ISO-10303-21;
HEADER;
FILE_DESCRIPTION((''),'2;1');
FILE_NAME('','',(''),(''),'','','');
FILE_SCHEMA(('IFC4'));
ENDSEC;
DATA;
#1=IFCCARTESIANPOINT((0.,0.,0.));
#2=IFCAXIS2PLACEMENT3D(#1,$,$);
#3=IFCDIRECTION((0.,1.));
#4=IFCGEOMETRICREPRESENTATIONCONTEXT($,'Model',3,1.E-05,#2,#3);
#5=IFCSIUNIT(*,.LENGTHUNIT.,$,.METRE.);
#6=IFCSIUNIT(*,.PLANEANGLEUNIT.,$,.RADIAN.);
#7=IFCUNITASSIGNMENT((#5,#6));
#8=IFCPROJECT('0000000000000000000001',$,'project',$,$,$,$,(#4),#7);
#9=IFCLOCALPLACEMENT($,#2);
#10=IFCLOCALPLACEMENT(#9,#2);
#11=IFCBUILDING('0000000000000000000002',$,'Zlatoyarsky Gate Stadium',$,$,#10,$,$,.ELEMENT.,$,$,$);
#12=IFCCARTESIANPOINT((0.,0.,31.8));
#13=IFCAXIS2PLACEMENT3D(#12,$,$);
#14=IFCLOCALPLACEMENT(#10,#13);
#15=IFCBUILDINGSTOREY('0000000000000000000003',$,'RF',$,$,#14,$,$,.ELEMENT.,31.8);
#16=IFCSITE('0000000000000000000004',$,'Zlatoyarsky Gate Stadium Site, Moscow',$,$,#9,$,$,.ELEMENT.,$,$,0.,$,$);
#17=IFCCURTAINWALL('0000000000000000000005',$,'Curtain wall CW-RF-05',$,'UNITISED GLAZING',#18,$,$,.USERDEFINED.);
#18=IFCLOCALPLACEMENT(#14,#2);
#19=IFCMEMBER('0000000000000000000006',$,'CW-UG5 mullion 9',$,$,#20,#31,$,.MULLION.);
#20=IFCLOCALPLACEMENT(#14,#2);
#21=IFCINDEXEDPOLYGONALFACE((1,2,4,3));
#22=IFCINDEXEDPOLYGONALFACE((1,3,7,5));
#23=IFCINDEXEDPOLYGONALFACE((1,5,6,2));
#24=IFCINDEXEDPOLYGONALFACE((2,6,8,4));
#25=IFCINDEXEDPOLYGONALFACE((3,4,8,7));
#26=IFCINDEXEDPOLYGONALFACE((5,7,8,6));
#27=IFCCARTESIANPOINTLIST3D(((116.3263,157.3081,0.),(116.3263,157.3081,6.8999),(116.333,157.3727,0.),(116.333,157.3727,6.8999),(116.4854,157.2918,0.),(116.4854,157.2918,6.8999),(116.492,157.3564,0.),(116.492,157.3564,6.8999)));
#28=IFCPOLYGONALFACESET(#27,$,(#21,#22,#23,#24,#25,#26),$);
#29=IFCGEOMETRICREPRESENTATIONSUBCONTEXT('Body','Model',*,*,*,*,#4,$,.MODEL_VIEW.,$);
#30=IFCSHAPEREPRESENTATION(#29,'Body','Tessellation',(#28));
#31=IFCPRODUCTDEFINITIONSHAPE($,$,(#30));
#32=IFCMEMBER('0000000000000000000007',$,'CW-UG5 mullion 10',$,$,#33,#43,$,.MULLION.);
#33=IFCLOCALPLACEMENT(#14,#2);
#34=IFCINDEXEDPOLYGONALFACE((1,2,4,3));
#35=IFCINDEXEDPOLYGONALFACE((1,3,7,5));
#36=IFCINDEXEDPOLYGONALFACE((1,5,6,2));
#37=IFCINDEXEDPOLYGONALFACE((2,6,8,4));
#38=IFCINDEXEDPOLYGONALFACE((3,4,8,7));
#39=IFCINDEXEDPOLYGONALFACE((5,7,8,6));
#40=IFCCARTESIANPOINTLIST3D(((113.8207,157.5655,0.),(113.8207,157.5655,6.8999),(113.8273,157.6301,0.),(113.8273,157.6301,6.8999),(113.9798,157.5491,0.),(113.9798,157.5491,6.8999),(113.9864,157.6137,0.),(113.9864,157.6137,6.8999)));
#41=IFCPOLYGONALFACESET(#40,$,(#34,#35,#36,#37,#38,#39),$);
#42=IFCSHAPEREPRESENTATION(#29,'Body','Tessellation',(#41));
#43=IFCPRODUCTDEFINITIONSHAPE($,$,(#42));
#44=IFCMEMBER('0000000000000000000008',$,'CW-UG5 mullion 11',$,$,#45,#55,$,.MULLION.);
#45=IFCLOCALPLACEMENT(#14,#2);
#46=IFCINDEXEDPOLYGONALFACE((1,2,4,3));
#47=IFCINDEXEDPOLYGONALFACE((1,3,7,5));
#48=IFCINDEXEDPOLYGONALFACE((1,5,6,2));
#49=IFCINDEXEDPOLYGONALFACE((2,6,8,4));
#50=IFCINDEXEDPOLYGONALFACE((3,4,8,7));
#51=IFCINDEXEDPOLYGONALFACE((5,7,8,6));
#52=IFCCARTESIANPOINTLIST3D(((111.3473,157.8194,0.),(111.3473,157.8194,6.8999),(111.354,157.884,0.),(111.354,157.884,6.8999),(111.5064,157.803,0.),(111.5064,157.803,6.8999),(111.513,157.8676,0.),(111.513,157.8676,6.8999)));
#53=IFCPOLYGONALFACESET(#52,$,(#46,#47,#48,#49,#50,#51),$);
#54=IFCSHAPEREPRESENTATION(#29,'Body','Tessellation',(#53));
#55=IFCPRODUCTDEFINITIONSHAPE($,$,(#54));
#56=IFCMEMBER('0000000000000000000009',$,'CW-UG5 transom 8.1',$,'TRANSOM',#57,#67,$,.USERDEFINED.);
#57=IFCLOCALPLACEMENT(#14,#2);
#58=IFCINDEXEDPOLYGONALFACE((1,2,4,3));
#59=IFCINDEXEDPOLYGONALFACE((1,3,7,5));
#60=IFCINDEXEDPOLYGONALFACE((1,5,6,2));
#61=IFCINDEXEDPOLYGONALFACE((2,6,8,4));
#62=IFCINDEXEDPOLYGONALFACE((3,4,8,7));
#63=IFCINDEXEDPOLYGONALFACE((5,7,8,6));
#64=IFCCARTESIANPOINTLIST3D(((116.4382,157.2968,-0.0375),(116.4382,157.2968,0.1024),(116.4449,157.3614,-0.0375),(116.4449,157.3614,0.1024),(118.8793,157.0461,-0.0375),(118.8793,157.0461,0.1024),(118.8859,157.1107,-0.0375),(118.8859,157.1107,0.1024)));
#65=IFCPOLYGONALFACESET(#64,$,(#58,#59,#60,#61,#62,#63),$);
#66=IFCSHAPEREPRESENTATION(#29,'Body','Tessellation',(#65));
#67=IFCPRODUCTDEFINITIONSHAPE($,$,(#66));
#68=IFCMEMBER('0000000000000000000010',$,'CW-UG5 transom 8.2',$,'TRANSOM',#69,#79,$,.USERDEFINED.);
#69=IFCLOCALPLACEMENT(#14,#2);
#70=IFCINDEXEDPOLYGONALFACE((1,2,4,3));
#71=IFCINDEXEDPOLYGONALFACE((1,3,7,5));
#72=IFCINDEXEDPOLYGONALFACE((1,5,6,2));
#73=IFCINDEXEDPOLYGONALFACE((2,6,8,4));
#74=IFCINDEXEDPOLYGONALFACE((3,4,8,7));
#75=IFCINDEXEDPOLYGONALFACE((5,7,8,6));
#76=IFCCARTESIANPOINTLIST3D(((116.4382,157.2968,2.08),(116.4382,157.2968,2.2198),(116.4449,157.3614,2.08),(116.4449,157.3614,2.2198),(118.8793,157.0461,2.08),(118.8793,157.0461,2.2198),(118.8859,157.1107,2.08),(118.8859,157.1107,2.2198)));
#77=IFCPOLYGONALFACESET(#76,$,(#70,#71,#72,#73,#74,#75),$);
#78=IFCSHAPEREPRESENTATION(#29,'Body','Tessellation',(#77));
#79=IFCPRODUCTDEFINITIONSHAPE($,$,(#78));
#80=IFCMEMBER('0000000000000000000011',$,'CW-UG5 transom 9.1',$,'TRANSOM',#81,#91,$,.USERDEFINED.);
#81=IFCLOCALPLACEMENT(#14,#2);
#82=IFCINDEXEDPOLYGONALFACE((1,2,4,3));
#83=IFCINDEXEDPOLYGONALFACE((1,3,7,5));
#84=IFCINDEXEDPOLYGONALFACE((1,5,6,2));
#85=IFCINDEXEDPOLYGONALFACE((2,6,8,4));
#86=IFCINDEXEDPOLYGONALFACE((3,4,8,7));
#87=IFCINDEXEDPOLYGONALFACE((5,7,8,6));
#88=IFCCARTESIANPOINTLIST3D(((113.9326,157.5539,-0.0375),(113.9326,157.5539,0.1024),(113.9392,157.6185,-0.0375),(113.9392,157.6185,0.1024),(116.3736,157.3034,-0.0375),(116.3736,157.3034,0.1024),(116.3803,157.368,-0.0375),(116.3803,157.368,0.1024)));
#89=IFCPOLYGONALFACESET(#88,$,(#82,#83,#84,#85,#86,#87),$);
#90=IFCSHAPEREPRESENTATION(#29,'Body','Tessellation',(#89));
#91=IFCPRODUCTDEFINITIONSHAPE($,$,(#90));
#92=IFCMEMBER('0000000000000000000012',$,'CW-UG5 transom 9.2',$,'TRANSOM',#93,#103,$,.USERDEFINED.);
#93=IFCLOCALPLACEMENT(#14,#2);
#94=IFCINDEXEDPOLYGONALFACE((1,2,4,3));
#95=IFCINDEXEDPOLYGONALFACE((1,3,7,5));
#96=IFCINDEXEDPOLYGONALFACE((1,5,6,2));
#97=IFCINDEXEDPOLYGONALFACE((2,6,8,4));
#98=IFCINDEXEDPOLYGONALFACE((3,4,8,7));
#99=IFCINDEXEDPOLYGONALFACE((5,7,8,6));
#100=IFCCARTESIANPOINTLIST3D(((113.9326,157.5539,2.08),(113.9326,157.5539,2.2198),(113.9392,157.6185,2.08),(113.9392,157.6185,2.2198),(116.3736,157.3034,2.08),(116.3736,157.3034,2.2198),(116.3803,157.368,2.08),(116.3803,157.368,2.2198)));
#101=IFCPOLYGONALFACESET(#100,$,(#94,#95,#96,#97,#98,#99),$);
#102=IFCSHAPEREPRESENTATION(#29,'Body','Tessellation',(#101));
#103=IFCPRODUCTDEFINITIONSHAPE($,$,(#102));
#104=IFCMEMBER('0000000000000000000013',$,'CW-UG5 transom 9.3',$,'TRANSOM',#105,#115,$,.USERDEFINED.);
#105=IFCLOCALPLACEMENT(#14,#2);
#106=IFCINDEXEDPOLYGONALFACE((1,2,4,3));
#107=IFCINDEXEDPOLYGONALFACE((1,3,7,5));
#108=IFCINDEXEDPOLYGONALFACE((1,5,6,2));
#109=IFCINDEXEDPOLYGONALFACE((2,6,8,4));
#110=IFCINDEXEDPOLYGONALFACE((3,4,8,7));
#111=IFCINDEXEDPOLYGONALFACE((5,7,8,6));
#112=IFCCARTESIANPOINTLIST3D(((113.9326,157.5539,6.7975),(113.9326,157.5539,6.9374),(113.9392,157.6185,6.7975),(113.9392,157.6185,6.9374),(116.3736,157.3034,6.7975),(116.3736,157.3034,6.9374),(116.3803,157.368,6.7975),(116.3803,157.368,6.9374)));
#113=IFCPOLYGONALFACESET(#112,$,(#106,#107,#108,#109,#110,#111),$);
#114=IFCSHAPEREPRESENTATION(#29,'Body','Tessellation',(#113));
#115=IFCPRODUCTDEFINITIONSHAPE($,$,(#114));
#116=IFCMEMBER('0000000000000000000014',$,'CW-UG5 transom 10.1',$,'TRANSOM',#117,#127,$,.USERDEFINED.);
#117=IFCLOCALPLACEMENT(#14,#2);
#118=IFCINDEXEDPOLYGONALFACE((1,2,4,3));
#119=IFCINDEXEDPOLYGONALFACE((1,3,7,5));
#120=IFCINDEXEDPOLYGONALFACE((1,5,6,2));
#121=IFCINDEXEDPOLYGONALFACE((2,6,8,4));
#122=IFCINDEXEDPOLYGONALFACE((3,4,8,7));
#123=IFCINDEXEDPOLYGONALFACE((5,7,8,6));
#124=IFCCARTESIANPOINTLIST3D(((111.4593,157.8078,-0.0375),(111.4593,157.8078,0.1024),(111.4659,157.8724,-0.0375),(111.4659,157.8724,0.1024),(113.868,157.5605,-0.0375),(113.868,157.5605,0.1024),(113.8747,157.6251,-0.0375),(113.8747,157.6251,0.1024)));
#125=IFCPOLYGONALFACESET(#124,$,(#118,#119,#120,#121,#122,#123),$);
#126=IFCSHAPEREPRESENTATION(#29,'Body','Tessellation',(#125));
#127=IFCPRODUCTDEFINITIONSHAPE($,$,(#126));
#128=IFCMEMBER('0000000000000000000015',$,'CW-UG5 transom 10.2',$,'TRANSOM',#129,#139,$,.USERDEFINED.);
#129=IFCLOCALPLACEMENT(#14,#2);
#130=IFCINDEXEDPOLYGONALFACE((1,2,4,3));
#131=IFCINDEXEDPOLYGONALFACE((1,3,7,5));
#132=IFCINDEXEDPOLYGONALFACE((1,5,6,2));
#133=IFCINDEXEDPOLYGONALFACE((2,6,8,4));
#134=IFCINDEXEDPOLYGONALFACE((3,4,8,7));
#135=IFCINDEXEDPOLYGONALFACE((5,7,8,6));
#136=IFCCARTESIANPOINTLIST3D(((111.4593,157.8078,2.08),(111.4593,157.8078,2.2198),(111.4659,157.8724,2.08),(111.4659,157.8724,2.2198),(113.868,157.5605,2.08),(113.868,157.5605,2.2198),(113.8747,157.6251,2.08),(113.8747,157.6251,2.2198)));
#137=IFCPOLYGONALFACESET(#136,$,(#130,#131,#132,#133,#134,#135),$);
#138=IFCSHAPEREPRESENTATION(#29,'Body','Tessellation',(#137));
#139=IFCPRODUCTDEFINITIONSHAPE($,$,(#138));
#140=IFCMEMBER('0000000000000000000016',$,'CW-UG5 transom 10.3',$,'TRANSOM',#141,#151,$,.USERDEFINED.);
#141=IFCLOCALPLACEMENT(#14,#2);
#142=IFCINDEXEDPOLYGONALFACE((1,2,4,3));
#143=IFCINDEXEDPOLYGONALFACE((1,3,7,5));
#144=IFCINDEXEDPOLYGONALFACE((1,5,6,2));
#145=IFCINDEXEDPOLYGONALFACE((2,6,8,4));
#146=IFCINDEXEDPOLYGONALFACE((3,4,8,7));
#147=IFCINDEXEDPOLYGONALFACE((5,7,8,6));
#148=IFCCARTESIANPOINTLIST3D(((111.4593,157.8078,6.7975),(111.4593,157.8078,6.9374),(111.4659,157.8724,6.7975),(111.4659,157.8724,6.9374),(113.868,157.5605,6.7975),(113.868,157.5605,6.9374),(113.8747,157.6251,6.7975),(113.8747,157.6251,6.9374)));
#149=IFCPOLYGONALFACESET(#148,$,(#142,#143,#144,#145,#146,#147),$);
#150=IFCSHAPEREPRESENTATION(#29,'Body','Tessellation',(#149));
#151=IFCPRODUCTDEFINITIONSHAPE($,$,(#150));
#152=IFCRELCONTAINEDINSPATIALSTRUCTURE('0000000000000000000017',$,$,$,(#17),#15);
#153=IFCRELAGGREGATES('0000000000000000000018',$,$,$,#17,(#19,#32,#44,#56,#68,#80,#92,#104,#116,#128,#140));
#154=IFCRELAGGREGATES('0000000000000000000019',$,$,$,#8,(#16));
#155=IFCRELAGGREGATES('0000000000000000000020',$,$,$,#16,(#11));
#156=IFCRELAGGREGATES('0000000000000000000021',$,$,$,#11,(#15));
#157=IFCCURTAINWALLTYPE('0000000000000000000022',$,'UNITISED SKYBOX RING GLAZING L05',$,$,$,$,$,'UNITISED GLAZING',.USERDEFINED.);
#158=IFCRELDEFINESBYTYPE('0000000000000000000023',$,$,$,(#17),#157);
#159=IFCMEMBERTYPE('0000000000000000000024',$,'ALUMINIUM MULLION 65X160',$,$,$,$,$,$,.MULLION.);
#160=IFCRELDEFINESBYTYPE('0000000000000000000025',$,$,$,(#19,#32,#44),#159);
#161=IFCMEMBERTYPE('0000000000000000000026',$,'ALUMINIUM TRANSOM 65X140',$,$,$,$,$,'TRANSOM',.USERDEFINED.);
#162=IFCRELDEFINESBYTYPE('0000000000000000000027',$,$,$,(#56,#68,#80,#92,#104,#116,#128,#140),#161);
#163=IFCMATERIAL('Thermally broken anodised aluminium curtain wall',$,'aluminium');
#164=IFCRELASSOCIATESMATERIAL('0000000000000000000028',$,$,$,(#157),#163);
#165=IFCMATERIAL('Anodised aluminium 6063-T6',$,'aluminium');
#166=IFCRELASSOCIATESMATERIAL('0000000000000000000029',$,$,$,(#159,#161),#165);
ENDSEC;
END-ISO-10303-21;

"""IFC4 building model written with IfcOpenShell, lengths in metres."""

from ifc_helpers import new_model, si_unit, direction, frame, origin, origin_2d, place, context, subcontext, project, spatial, rectangle, extrude, material, material_profile, profile_set, type_object, element, aggregate, save


model = new_model("IFC4")

# Units and contexts
model_context = context("Model", 3, precision=1e-05, world=origin(), true_north=direction((0.0, 1.0)))
body_context = subcontext(model_context, "Body", "Model", "MODEL_VIEW")
ifc_project = project(units=[si_unit("LENGTHUNIT", "METRE"), si_unit("PLANEANGLEUNIT", "RADIAN")], contexts=[model_context])

# Site, building, storey
site_placement = place(None, origin())
site = spatial("IfcSite", under=ifc_project, at=site_placement, Name="Zlatoyarsky Gate Stadium Site, Moscow", CompositionType="ELEMENT", RefElevation=0.0)
building_placement = place(site_placement, origin())
building = spatial("IfcBuilding", under=site, at=building_placement, Name="Zlatoyarsky Gate Stadium", CompositionType="ELEMENT")
storey_placement = place(building_placement, frame((0.0, 0.0, 31.8)))
storey = spatial("IfcBuildingStorey", under=building, at=storey_placement, Name="RF", CompositionType="ELEMENT", Elevation=31.8)

# Curtain wall, members
ifc_material_1 = material(Name="Thermally broken anodised aluminium curtain wall", Category="aluminium")
curtain_wall_type = type_object("IfcCurtainWallType", Name="UNITISED SKYBOX RING GLAZING L05", ElementType="UNITISED GLAZING", PredefinedType="USERDEFINED", material=ifc_material_1)
curtain_wall_placement = place(storey_placement, origin())
curtain_wall = element("IfcCurtainWall", 1, at=curtain_wall_placement, inside=storey, type_object=curtain_wall_type, Name="Curtain wall CW-RF-05", ObjectType="UNITISED GLAZING", PredefinedType="USERDEFINED")
ifc_material_2 = material(Name="Anodised aluminium 6063-T6", Category="aluminium")
ifc_material_profile_1 = material_profile(ifc_material_2, rectangle(XDim=0.0649, YDim=0.1599, at=origin_2d()), Name="ALU 65X160")
ifc_profile_set_1 = profile_set([ifc_material_profile_1], Name="Anodised aluminium 6063-T6")
member_type_1 = type_object("IfcMemberType", Name="ALUMINIUM MULLION 65X160", PredefinedType="MULLION", material=ifc_profile_set_1)
member_1_placement = place(storey_placement, frame((116.4092, 157.3323, 0.0), z_axis=(0.0, 0.0, 1.0), x_axis=(-0.102125, -0.994772, 0.0)))
member_1 = element("IfcMember", 2, at=member_1_placement, type_object=member_type_1, Name="CW-UG5 mullion 9", PredefinedType="MULLION", context=body_context, shape_type="SweptSolid", body=[
    extrude(rectangle(XDim=0.0649, YDim=0.1599, at=origin_2d()), origin(), (0.0, 0.0, 1.0), 6.8999),
])
member_2_placement = place(storey_placement, frame((113.9036, 157.5896, 0.0), z_axis=(0.0, 0.0, 1.0), x_axis=(-0.102125, -0.994772, 0.0)))
member_2 = element("IfcMember", 3, at=member_2_placement, type_object=member_type_1, Name="CW-UG5 mullion 10", PredefinedType="MULLION", context=body_context, shape_type="SweptSolid", body=[
    extrude(rectangle(XDim=0.0649, YDim=0.1599, at=origin_2d()), origin(), (0.0, 0.0, 1.0), 6.8999),
])
member_3_placement = place(storey_placement, frame((111.4302, 157.8435, 0.0), z_axis=(0.0, 0.0, 1.0), x_axis=(-0.102125, -0.994772, 0.0)))
member_3 = element("IfcMember", 4, at=member_3_placement, type_object=member_type_1, Name="CW-UG5 mullion 11", PredefinedType="MULLION", context=body_context, shape_type="SweptSolid", body=[
    extrude(rectangle(XDim=0.0649, YDim=0.1599, at=origin_2d()), origin(), (0.0, 0.0, 1.0), 6.8999),
])
ifc_material_profile_2 = material_profile(ifc_material_2, rectangle(XDim=0.0649, YDim=0.1399, at=origin_2d()), Name="ALU 65X140")
ifc_profile_set_2 = profile_set([ifc_material_profile_2], Name="Anodised aluminium 6063-T6")
member_type_2 = type_object("IfcMemberType", Name="ALUMINIUM TRANSOM 65X140", ElementType="TRANSOM", PredefinedType="USERDEFINED", material=ifc_profile_set_2)
member_4_placement = place(storey_placement, frame((118.8826, 157.0784, 0.0325), z_axis=(-0.994766, 0.102183, 0.0), x_axis=(-0.102183, -0.994766, 0.0)))
member_4 = element("IfcMember", 5, at=member_4_placement, type_object=member_type_2, Name="CW-UG5 transom 8.1", ObjectType="TRANSOM", PredefinedType="USERDEFINED", context=body_context, shape_type="SweptSolid", body=[
    extrude(rectangle(XDim=0.0649, YDim=0.1399, at=origin_2d()), origin(), (0.0, 0.0, 1.0), 2.4539),
])
member_5_placement = place(storey_placement, frame((118.8826, 157.0784, 2.1499), z_axis=(-0.994766, 0.102183, 0.0), x_axis=(-0.102183, -0.994766, 0.0)))
member_5 = element("IfcMember", 6, at=member_5_placement, type_object=member_type_2, Name="CW-UG5 transom 8.2", ObjectType="TRANSOM", PredefinedType="USERDEFINED", context=body_context, shape_type="SweptSolid", body=[
    extrude(rectangle(XDim=0.0649, YDim=0.1399, at=origin_2d()), origin(), (0.0, 0.0, 1.0), 2.4539),
])
member_6_placement = place(storey_placement, frame((116.377, 157.3357, 0.0325), z_axis=(-0.994776, 0.102084, 0.0), x_axis=(-0.102084, -0.994776, 0.0)))
member_6 = element("IfcMember", 7, at=member_6_placement, type_object=member_type_2, Name="CW-UG5 transom 9.1", ObjectType="TRANSOM", PredefinedType="USERDEFINED", context=body_context, shape_type="SweptSolid", body=[
    extrude(rectangle(XDim=0.0649, YDim=0.1399, at=origin_2d()), origin(), (0.0, 0.0, 1.0), 2.4539),
])
member_7_placement = place(storey_placement, frame((116.377, 157.3357, 2.1499), z_axis=(-0.994776, 0.102084, 0.0), x_axis=(-0.102084, -0.994776, 0.0)))
member_7 = element("IfcMember", 8, at=member_7_placement, type_object=member_type_2, Name="CW-UG5 transom 9.2", ObjectType="TRANSOM", PredefinedType="USERDEFINED", context=body_context, shape_type="SweptSolid", body=[
    extrude(rectangle(XDim=0.0649, YDim=0.1399, at=origin_2d()), origin(), (0.0, 0.0, 1.0), 2.4539),
])
member_8_placement = place(storey_placement, frame((116.377, 157.3357, 6.8674), z_axis=(-0.994776, 0.102084, 0.0), x_axis=(-0.102084, -0.994776, 0.0)))
member_8 = element("IfcMember", 9, at=member_8_placement, type_object=member_type_2, Name="CW-UG5 transom 9.3", ObjectType="TRANSOM", PredefinedType="USERDEFINED", context=body_context, shape_type="SweptSolid", body=[
    extrude(rectangle(XDim=0.0649, YDim=0.1399, at=origin_2d()), origin(), (0.0, 0.0, 1.0), 2.4539),
])
member_9_placement = place(storey_placement, frame((113.8713, 157.5928, 0.0325), z_axis=(-0.99477, 0.102139, 0.0), x_axis=(-0.102139, -0.99477, 0.0)))
member_9 = element("IfcMember", 10, at=member_9_placement, type_object=member_type_2, Name="CW-UG5 transom 10.1", ObjectType="TRANSOM", PredefinedType="USERDEFINED", context=body_context, shape_type="SweptSolid", body=[
    extrude(rectangle(XDim=0.0649, YDim=0.1399, at=origin_2d()), origin(), (0.0, 0.0, 1.0), 2.4214),
])
member_10_placement = place(storey_placement, frame((113.8713, 157.5928, 2.1499), z_axis=(-0.99477, 0.102139, 0.0), x_axis=(-0.102139, -0.99477, 0.0)))
member_10 = element("IfcMember", 11, at=member_10_placement, type_object=member_type_2, Name="CW-UG5 transom 10.2", ObjectType="TRANSOM", PredefinedType="USERDEFINED", context=body_context, shape_type="SweptSolid", body=[
    extrude(rectangle(XDim=0.0649, YDim=0.1399, at=origin_2d()), origin(), (0.0, 0.0, 1.0), 2.4214),
])
member_11_placement = place(storey_placement, frame((113.8713, 157.5928, 6.8674), z_axis=(-0.99477, 0.102139, 0.0), x_axis=(-0.102139, -0.99477, 0.0)))
member_11 = element("IfcMember", 12, at=member_11_placement, type_object=member_type_2, Name="CW-UG5 transom 10.3", ObjectType="TRANSOM", PredefinedType="USERDEFINED", context=body_context, shape_type="SweptSolid", body=[
    extrude(rectangle(XDim=0.0649, YDim=0.1399, at=origin_2d()), origin(), (0.0, 0.0, 1.0), 2.4214),
])

aggregate(curtain_wall, [member_1, member_2, member_3, member_4, member_5, member_6, member_7, member_8, member_9, member_10, member_11])

save(model, "model.ifc")
